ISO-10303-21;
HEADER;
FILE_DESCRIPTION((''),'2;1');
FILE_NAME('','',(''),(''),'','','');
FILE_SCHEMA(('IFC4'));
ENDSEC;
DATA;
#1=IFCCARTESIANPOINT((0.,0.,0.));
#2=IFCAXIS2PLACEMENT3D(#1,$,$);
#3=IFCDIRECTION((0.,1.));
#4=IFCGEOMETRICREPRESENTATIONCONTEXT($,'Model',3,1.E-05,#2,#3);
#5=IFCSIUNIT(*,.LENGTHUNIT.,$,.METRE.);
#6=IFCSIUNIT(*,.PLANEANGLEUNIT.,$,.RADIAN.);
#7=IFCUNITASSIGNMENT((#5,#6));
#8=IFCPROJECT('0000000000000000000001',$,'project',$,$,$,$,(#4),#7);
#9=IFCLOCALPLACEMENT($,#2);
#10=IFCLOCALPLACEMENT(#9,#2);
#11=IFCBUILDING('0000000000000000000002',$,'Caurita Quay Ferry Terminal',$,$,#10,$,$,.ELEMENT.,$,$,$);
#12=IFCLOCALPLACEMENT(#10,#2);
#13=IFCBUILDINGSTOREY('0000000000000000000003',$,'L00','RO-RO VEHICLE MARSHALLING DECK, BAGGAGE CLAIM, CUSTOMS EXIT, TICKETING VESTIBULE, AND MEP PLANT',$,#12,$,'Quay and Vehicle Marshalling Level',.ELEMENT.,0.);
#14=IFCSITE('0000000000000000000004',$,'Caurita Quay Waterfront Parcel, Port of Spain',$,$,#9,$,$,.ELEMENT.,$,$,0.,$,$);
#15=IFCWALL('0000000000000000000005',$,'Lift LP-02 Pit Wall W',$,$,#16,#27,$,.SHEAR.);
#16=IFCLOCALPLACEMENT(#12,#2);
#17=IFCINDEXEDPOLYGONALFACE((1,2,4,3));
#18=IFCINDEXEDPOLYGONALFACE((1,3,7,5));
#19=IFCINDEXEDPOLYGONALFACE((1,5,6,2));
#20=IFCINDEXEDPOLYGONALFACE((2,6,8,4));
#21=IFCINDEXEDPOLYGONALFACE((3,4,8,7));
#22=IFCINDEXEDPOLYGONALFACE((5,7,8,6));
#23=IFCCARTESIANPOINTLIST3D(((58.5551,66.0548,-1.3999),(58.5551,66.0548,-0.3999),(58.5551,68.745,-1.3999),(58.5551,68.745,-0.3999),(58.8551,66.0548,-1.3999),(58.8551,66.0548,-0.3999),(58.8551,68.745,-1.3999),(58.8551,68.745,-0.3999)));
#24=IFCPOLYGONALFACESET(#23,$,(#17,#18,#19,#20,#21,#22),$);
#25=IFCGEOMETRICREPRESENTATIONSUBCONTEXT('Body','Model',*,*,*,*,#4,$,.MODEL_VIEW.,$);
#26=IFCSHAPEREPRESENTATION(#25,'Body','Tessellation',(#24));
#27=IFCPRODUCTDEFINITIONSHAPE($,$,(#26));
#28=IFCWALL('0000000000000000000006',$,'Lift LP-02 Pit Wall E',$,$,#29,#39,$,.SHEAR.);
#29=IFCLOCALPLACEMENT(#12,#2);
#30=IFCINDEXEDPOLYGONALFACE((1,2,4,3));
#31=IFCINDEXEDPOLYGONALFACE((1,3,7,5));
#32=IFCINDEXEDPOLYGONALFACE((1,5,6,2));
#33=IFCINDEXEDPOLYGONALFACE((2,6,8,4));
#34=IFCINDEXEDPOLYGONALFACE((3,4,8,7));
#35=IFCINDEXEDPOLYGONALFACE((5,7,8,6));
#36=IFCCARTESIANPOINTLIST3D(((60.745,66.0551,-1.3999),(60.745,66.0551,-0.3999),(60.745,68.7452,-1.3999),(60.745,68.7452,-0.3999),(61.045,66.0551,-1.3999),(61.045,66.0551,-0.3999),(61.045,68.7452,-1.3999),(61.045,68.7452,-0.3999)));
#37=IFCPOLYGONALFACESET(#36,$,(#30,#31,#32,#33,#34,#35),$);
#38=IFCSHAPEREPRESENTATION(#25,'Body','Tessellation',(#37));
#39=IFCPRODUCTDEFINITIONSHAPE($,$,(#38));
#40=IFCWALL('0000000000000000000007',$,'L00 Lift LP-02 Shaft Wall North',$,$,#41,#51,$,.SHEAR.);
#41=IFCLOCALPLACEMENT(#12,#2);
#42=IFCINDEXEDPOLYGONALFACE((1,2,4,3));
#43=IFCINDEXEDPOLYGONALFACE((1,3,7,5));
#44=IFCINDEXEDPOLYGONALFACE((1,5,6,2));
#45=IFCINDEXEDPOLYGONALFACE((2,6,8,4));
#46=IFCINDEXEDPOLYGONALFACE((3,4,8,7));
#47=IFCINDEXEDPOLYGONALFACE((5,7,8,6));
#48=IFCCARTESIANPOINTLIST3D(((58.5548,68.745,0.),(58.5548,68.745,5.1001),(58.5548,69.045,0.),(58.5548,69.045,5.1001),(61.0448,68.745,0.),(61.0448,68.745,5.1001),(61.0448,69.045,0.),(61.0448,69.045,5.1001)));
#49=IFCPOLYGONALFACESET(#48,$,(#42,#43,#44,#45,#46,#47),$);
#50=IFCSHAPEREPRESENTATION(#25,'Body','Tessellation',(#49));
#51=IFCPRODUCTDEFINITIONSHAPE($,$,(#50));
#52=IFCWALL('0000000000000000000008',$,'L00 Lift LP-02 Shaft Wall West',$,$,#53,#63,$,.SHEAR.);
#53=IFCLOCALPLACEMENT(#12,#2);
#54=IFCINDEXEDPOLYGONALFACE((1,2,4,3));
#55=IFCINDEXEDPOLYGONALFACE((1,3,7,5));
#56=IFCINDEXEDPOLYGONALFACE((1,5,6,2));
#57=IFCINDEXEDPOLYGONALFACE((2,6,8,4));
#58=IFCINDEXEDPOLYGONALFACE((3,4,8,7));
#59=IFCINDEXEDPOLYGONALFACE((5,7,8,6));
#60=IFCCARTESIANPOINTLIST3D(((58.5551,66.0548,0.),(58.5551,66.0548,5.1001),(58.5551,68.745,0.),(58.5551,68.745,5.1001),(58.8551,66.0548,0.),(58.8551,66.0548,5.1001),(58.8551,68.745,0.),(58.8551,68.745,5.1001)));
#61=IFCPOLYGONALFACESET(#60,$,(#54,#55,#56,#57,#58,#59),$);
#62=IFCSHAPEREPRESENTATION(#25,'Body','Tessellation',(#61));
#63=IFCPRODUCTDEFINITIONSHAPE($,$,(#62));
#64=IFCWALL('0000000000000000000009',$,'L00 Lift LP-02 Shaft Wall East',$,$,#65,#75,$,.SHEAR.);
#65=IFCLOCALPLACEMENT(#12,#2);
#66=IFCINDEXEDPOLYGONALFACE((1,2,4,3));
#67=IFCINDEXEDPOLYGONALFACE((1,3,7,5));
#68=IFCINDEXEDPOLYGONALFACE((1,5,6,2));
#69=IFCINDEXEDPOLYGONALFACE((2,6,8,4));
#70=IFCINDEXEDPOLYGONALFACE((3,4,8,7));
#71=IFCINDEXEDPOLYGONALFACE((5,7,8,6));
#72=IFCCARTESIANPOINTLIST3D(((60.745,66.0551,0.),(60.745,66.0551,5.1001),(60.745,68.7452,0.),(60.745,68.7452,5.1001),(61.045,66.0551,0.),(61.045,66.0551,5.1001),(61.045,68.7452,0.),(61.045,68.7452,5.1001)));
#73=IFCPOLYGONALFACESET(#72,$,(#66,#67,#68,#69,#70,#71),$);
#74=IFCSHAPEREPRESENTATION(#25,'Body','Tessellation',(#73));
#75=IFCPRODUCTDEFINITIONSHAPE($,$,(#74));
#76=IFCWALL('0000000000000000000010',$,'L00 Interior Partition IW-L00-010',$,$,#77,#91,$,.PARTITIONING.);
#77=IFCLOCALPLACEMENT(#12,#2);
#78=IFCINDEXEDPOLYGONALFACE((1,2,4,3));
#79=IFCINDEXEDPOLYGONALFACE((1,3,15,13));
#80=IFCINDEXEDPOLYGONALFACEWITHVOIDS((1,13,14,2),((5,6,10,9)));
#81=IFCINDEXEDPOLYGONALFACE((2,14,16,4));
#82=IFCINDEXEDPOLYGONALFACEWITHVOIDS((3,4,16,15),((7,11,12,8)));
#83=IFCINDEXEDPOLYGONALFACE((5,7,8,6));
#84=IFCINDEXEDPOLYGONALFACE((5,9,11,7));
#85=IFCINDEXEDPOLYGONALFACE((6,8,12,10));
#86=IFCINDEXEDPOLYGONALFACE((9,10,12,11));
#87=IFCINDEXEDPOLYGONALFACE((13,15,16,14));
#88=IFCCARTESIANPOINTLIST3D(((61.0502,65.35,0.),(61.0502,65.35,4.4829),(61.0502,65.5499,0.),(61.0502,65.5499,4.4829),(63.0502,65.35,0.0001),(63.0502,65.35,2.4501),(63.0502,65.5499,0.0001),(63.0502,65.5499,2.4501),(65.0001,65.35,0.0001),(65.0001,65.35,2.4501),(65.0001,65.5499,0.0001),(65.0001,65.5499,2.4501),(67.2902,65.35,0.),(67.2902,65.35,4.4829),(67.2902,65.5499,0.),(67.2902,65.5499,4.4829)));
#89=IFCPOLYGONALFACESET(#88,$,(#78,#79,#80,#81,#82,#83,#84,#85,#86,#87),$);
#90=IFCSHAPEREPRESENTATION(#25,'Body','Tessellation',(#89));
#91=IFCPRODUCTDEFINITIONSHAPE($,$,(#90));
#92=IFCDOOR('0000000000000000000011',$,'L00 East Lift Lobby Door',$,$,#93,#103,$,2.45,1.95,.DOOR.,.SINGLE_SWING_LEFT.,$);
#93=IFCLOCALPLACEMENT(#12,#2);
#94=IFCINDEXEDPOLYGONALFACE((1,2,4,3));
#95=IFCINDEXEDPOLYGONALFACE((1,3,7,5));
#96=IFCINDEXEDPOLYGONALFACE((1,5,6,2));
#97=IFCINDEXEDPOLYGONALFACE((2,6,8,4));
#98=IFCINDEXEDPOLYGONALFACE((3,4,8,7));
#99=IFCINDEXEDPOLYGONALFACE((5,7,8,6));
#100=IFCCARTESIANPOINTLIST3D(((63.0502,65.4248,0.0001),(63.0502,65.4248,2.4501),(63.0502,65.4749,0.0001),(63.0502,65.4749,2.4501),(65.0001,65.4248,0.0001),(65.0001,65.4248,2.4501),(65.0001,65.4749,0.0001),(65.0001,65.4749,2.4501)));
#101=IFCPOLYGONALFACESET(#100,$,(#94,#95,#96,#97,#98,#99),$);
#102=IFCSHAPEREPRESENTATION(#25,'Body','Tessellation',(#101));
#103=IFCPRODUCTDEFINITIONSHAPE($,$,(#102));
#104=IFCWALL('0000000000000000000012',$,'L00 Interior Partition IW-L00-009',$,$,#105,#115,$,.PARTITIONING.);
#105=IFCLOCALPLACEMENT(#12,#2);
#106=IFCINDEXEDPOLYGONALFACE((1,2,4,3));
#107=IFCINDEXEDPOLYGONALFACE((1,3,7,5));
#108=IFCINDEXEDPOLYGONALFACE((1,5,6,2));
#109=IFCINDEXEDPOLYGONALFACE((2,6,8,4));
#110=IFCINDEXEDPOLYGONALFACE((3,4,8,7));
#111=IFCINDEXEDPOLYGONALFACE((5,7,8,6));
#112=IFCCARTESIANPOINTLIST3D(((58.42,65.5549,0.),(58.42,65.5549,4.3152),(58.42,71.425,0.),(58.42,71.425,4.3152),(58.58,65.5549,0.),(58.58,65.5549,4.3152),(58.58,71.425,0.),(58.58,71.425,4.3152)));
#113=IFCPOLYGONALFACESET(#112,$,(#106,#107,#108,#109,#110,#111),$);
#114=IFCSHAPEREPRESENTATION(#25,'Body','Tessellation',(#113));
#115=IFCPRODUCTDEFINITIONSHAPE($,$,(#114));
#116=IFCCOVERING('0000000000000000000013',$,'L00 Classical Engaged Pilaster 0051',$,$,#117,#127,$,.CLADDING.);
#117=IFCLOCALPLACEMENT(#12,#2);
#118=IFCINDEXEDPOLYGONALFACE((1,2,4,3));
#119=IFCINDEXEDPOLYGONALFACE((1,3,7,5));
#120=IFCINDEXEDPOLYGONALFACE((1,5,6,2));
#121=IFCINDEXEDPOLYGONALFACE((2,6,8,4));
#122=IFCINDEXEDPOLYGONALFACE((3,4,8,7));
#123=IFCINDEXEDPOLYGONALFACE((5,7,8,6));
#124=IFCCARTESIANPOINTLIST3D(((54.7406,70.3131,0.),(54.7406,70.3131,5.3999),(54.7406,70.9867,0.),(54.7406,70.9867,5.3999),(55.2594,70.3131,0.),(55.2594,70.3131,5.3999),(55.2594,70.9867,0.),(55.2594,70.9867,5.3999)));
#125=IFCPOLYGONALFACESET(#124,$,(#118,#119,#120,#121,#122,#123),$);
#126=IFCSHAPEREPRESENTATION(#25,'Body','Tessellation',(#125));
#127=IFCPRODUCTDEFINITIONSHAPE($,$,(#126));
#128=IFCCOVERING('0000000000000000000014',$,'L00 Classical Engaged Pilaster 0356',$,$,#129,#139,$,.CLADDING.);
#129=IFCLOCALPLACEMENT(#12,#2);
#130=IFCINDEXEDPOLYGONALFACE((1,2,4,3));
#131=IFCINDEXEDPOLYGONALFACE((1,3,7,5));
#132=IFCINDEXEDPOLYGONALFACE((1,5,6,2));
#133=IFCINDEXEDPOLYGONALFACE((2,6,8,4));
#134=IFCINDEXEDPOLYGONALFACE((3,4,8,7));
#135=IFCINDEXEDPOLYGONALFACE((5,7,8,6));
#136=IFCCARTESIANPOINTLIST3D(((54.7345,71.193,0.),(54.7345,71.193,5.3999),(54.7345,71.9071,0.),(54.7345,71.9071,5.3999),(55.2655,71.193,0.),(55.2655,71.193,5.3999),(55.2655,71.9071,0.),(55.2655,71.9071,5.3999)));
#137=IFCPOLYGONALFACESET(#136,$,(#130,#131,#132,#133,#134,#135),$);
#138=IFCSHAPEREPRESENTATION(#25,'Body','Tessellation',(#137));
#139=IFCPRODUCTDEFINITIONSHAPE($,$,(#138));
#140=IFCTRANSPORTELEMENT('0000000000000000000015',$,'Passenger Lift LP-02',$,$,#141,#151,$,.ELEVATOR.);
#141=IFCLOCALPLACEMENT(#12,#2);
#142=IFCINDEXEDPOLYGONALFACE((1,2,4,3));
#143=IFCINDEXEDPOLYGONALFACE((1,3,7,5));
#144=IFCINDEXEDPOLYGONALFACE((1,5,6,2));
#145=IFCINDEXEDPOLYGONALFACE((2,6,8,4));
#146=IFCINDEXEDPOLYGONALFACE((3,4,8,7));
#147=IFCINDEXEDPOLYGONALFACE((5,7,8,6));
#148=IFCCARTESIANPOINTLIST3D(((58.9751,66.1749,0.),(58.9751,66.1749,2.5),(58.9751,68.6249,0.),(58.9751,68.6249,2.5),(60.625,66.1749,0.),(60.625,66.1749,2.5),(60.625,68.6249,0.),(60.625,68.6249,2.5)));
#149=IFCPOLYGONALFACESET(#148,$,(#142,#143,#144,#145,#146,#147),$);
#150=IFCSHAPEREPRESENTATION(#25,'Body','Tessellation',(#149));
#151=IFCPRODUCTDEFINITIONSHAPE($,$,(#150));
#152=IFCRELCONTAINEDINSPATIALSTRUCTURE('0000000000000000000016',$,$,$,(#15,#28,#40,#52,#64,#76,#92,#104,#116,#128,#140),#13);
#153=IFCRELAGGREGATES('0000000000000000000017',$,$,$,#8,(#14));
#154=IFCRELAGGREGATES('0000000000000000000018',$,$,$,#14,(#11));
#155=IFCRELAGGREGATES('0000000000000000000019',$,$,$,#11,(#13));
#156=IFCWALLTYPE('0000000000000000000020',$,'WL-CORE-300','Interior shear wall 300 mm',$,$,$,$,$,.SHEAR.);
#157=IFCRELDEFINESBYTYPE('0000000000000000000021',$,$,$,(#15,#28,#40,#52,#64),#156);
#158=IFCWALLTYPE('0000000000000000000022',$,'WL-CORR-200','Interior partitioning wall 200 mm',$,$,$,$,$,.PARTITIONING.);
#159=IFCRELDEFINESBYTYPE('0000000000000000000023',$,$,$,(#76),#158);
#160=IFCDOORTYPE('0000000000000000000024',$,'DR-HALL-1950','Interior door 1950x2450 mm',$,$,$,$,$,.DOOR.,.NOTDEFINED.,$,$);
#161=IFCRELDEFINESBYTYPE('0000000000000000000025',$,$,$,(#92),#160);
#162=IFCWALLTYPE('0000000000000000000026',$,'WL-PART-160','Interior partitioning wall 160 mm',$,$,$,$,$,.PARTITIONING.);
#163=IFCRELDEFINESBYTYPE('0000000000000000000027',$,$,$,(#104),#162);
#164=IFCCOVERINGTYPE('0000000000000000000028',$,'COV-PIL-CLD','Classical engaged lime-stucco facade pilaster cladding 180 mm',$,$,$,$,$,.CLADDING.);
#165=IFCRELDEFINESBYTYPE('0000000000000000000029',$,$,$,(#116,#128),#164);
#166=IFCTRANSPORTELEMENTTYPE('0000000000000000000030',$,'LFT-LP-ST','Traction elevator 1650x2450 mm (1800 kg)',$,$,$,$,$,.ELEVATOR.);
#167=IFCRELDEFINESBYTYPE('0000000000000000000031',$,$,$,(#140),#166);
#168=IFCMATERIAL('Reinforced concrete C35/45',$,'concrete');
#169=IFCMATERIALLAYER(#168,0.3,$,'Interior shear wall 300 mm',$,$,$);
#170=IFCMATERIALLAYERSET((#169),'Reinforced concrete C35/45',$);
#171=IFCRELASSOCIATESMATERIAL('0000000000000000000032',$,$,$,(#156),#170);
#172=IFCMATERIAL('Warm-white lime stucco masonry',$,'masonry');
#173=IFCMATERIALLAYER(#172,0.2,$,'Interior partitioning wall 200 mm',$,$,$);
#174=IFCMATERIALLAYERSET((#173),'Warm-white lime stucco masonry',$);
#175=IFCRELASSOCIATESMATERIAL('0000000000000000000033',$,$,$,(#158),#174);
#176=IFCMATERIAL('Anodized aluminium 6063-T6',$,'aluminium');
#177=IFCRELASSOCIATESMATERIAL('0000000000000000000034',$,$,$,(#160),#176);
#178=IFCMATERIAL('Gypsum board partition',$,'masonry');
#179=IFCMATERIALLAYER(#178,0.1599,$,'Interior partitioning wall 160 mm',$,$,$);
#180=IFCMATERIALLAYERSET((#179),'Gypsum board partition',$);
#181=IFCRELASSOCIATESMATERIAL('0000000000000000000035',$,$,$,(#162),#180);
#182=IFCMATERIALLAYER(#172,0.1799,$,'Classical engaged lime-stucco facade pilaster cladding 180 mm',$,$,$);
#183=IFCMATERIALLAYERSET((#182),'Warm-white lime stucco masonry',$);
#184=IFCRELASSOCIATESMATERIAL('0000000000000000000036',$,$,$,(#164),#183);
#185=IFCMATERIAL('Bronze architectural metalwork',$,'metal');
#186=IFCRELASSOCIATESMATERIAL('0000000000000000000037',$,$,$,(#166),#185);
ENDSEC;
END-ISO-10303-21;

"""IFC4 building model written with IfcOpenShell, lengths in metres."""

from ifc_helpers import new_model, si_unit, direction, frame, frame_2d, origin, origin_2d, place, context, subcontext, project, spatial, rectangle, extrude, material, layer, layer_set, type_object, element, fill, save


model = new_model("IFC4")

# Units and contexts
model_context = context("Model", 3, precision=1e-05, world=origin(), true_north=direction((0.0, 1.0)))
body_context = subcontext(model_context, "Body", "Model", "MODEL_VIEW")
ifc_project = project(units=[si_unit("LENGTHUNIT", "METRE"), si_unit("PLANEANGLEUNIT", "RADIAN")], contexts=[model_context])

# Site, building, storey
site_placement = place(None, origin())
site = spatial("IfcSite", under=ifc_project, at=site_placement, Name="Caurita Quay Waterfront Parcel, Port of Spain", CompositionType="ELEMENT", RefElevation=0.0)
building_placement = place(site_placement, origin())
building = spatial("IfcBuilding", under=site, at=building_placement, Name="Caurita Quay Ferry Terminal", CompositionType="ELEMENT")
storey_placement = place(building_placement, origin())
storey = spatial("IfcBuildingStorey", under=building, at=storey_placement, Name="L00", Description="RO-RO VEHICLE MARSHALLING DECK, BAGGAGE CLAIM, CUSTOMS EXIT, TICKETING VESTIBULE, AND MEP PLANT", LongName="Quay and Vehicle Marshalling Level", CompositionType="ELEMENT", Elevation=0.0)

# Walls
ifc_material_1 = material(Name="Reinforced concrete C35/45", Category="concrete")
ifc_layer_1 = layer(ifc_material_1, 0.3, Name="Interior shear wall 300 mm")
ifc_layer_set_1 = layer_set([ifc_layer_1], Name="Reinforced concrete C35/45")
wall_type_1 = type_object("IfcWallType", Name="WL-CORE-300", Description="Interior shear wall 300 mm", PredefinedType="SHEAR", material=ifc_layer_set_1)
for number, where, z_axis, x_axis, name in (
    (1, (58.7051, 68.7451, -1.3999), (0.0, 0.0, 1.0), (0.0, -1.0, 0.0), "Lift LP-02 Pit Wall W"),
    (2, (60.895, 66.0549, -1.3999), (0.0, 0.0, 1.0), (0.0, 1.0, 0.0), "Lift LP-02 Pit Wall E"),
):
    element("IfcWall", number, at=place(storey_placement, frame(where, z_axis=z_axis, x_axis=x_axis)), inside=storey, type_object=wall_type_1, Name=name, PredefinedType="SHEAR", context=body_context, shape_type="SweptSolid", body=[
        extrude(rectangle(XDim=2.6902, YDim=0.3, at=frame_2d((1.3452, 0.0))), origin(), (0.0, 0.0, 1.0), 1.0),
    ])

# Shared definitions
ifc_material_2 = material(Name="Bronze architectural metalwork", Category="metal")

# Walls
wall_1_placement = place(storey_placement, frame((61.0449, 68.895, 0.0), z_axis=(0.0, 0.0, 1.0), x_axis=(-1.0, 0.0, 0.0)))
element("IfcWall", 3, at=wall_1_placement, inside=storey, type_object=wall_type_1, Name="L00 Lift LP-02 Shaft Wall North", PredefinedType="SHEAR", context=body_context, shape_type="SweptSolid", body=[
    extrude(rectangle(XDim=2.49, YDim=0.3, at=frame_2d((1.2451, 0.0))), origin(), (0.0, 0.0, 1.0), 5.1001),
])
for number, where, z_axis, x_axis, name in (
    (4, (58.7051, 68.7451, 0.0), (0.0, 0.0, 1.0), (0.0, -1.0, 0.0), "L00 Lift LP-02 Shaft Wall West"),
    (5, (60.895, 66.0549, 0.0), (0.0, 0.0, 1.0), (0.0, 1.0, 0.0), "L00 Lift LP-02 Shaft Wall East"),
):
    element("IfcWall", number, at=place(storey_placement, frame(where, z_axis=z_axis, x_axis=x_axis)), inside=storey, type_object=wall_type_1, Name=name, PredefinedType="SHEAR", context=body_context, shape_type="SweptSolid", body=[
        extrude(rectangle(XDim=2.6902, YDim=0.3, at=frame_2d((1.3452, 0.0))), origin(), (0.0, 0.0, 1.0), 5.1001),
    ])

# Wall, opening, door
ifc_material_3 = material(Name="Warm-white lime stucco masonry", Category="masonry")
ifc_layer_2 = layer(ifc_material_3, 0.2, Name="Interior partitioning wall 200 mm")
ifc_layer_set_2 = layer_set([ifc_layer_2], Name="Warm-white lime stucco masonry")
wall_type_2 = type_object("IfcWallType", Name="WL-CORR-200", Description="Interior partitioning wall 200 mm", PredefinedType="PARTITIONING", material=ifc_layer_set_2)
wall_2_placement = place(storey_placement, frame((61.05, 65.45, 0.0), z_axis=(0.0, 0.0, 1.0), x_axis=(1.0, 0.0, 0.0)))
wall_2 = element("IfcWall", 6, at=wall_2_placement, inside=storey, type_object=wall_type_2, Name="L00 Interior Partition IW-L00-010", PredefinedType="PARTITIONING", context=body_context, shape_type="SweptSolid", body=[
    extrude(rectangle(XDim=6.24, YDim=0.2, at=frame_2d((3.1201, 0.0))), origin(), (0.0, 0.0, 1.0), 4.4829),
])
opening_1_placement = place(wall_2_placement, frame((2.0, 0.0, 0.0)))
opening_1 = element("IfcOpeningElement", 7, at=opening_1_placement, cuts=wall_2, PredefinedType="OPENING", context=body_context, shape_type="SweptSolid", body=[
    extrude(rectangle(XDim=1.95, YDim=2.45, at=frame_2d((0.9751, 1.2251))), frame((0.0, 0.1099, 0.0), z_axis=(0.0, -1.0, 0.0), x_axis=(1.0, 0.0, 0.0)), (0.0, 0.0, 1.0), 0.22),
])
ifc_material_4 = material(Name="Anodized aluminium 6063-T6", Category="aluminium")
door_type_1 = type_object("IfcDoorType", Name="DR-HALL-1950", Description="Interior door 1950x2450 mm", OperationType="NOTDEFINED", PredefinedType="DOOR", material=ifc_material_4)
door_1_placement = place(opening_1_placement, origin())
door_1 = element("IfcDoor", 8, at=door_1_placement, inside=storey, type_object=door_type_1, Name="L00 East Lift Lobby Door", OperationType="SINGLE_SWING_LEFT", OverallHeight=2.45, OverallWidth=1.95, PredefinedType="DOOR", context=body_context, shape_type="SweptSolid", body=[
    extrude(rectangle(XDim=1.95, YDim=2.45, at=frame_2d((0.9751, 1.2251))), frame((0.0, 0.0249, 0.0), z_axis=(0.0, -1.0, 0.0), x_axis=(1.0, 0.0, 0.0)), (0.0, 0.0, 1.0), 0.05),
])
fill(opening_1, door_1)

# Wall
ifc_material_5 = material(Name="Gypsum board partition", Category="masonry")
ifc_layer_3 = layer(ifc_material_5, 0.1599, Name="Interior partitioning wall 160 mm")
ifc_layer_set_3 = layer_set([ifc_layer_3], Name="Gypsum board partition")
wall_type_3 = type_object("IfcWallType", Name="WL-PART-160", Description="Interior partitioning wall 160 mm", PredefinedType="PARTITIONING", material=ifc_layer_set_3)
wall_3_placement = place(storey_placement, frame((58.5, 65.5549, 0.0), z_axis=(0.0, 0.0, 1.0), x_axis=(0.0, 1.0, 0.0)))
element("IfcWall", 9, at=wall_3_placement, inside=storey, type_object=wall_type_3, Name="L00 Interior Partition IW-L00-009", PredefinedType="PARTITIONING", context=body_context, shape_type="SweptSolid", body=[
    extrude(rectangle(XDim=5.8701, YDim=0.1599, at=frame_2d((2.9351, 0.0))), origin(), (0.0, 0.0, 1.0), 4.3152),
])

# Coverings
ifc_layer_4 = layer(ifc_material_3, 0.1799, Name="Classical engaged lime-stucco facade pilaster cladding 180 mm")
ifc_layer_set_4 = layer_set([ifc_layer_4], Name="Warm-white lime stucco masonry")
covering_type = type_object("IfcCoveringType", Name="COV-PIL-CLD", Description="Classical engaged lime-stucco facade pilaster cladding 180 mm", PredefinedType="CLADDING", material=ifc_layer_set_4)
covering_1_placement = place(storey_placement, frame((55.0, 70.6499, 0.0), z_axis=(0.0, 0.0, 1.0), x_axis=(1.0, 0.0, 0.0)))
element("IfcCovering", 10, at=covering_1_placement, inside=storey, type_object=covering_type, Name="L00 Classical Engaged Pilaster 0051", PredefinedType="CLADDING", context=body_context, shape_type="SweptSolid", body=[
    extrude(rectangle(XDim=0.5188, YDim=0.6736, at=origin_2d()), origin(), (0.0, 0.0, 1.0), 5.3999),
])
covering_2_placement = place(storey_placement, frame((55.0, 71.55, 0.0), z_axis=(0.0, 0.0, 1.0), x_axis=(1.0, 0.0, 0.0)))
element("IfcCovering", 11, at=covering_2_placement, inside=storey, type_object=covering_type, Name="L00 Classical Engaged Pilaster 0356", PredefinedType="CLADDING", context=body_context, shape_type="SweptSolid", body=[
    extrude(rectangle(XDim=0.531, YDim=0.7141, at=origin_2d()), origin(), (0.0, 0.0, 1.0), 5.3999),
])

# Transport element
transport_element_type = type_object("IfcTransportElementType", Name="LFT-LP-ST", Description="Traction elevator 1650x2450 mm (1800 kg)", PredefinedType="ELEVATOR", material=ifc_material_2)
transport_element_placement = place(storey_placement, frame((59.8, 67.3999, 0.0), z_axis=(0.0, 0.0, 1.0), x_axis=(1.0, 0.0, 0.0)))
element("IfcTransportElement", 12, at=transport_element_placement, inside=storey, type_object=transport_element_type, Name="Passenger Lift LP-02", PredefinedType="ELEVATOR", context=body_context, shape_type="SweptSolid", body=[
    extrude(rectangle(XDim=1.6499, YDim=2.45, at=origin_2d()), origin(), (0.0, 0.0, 1.0), 2.5),
])

save(model, "model.ifc")
